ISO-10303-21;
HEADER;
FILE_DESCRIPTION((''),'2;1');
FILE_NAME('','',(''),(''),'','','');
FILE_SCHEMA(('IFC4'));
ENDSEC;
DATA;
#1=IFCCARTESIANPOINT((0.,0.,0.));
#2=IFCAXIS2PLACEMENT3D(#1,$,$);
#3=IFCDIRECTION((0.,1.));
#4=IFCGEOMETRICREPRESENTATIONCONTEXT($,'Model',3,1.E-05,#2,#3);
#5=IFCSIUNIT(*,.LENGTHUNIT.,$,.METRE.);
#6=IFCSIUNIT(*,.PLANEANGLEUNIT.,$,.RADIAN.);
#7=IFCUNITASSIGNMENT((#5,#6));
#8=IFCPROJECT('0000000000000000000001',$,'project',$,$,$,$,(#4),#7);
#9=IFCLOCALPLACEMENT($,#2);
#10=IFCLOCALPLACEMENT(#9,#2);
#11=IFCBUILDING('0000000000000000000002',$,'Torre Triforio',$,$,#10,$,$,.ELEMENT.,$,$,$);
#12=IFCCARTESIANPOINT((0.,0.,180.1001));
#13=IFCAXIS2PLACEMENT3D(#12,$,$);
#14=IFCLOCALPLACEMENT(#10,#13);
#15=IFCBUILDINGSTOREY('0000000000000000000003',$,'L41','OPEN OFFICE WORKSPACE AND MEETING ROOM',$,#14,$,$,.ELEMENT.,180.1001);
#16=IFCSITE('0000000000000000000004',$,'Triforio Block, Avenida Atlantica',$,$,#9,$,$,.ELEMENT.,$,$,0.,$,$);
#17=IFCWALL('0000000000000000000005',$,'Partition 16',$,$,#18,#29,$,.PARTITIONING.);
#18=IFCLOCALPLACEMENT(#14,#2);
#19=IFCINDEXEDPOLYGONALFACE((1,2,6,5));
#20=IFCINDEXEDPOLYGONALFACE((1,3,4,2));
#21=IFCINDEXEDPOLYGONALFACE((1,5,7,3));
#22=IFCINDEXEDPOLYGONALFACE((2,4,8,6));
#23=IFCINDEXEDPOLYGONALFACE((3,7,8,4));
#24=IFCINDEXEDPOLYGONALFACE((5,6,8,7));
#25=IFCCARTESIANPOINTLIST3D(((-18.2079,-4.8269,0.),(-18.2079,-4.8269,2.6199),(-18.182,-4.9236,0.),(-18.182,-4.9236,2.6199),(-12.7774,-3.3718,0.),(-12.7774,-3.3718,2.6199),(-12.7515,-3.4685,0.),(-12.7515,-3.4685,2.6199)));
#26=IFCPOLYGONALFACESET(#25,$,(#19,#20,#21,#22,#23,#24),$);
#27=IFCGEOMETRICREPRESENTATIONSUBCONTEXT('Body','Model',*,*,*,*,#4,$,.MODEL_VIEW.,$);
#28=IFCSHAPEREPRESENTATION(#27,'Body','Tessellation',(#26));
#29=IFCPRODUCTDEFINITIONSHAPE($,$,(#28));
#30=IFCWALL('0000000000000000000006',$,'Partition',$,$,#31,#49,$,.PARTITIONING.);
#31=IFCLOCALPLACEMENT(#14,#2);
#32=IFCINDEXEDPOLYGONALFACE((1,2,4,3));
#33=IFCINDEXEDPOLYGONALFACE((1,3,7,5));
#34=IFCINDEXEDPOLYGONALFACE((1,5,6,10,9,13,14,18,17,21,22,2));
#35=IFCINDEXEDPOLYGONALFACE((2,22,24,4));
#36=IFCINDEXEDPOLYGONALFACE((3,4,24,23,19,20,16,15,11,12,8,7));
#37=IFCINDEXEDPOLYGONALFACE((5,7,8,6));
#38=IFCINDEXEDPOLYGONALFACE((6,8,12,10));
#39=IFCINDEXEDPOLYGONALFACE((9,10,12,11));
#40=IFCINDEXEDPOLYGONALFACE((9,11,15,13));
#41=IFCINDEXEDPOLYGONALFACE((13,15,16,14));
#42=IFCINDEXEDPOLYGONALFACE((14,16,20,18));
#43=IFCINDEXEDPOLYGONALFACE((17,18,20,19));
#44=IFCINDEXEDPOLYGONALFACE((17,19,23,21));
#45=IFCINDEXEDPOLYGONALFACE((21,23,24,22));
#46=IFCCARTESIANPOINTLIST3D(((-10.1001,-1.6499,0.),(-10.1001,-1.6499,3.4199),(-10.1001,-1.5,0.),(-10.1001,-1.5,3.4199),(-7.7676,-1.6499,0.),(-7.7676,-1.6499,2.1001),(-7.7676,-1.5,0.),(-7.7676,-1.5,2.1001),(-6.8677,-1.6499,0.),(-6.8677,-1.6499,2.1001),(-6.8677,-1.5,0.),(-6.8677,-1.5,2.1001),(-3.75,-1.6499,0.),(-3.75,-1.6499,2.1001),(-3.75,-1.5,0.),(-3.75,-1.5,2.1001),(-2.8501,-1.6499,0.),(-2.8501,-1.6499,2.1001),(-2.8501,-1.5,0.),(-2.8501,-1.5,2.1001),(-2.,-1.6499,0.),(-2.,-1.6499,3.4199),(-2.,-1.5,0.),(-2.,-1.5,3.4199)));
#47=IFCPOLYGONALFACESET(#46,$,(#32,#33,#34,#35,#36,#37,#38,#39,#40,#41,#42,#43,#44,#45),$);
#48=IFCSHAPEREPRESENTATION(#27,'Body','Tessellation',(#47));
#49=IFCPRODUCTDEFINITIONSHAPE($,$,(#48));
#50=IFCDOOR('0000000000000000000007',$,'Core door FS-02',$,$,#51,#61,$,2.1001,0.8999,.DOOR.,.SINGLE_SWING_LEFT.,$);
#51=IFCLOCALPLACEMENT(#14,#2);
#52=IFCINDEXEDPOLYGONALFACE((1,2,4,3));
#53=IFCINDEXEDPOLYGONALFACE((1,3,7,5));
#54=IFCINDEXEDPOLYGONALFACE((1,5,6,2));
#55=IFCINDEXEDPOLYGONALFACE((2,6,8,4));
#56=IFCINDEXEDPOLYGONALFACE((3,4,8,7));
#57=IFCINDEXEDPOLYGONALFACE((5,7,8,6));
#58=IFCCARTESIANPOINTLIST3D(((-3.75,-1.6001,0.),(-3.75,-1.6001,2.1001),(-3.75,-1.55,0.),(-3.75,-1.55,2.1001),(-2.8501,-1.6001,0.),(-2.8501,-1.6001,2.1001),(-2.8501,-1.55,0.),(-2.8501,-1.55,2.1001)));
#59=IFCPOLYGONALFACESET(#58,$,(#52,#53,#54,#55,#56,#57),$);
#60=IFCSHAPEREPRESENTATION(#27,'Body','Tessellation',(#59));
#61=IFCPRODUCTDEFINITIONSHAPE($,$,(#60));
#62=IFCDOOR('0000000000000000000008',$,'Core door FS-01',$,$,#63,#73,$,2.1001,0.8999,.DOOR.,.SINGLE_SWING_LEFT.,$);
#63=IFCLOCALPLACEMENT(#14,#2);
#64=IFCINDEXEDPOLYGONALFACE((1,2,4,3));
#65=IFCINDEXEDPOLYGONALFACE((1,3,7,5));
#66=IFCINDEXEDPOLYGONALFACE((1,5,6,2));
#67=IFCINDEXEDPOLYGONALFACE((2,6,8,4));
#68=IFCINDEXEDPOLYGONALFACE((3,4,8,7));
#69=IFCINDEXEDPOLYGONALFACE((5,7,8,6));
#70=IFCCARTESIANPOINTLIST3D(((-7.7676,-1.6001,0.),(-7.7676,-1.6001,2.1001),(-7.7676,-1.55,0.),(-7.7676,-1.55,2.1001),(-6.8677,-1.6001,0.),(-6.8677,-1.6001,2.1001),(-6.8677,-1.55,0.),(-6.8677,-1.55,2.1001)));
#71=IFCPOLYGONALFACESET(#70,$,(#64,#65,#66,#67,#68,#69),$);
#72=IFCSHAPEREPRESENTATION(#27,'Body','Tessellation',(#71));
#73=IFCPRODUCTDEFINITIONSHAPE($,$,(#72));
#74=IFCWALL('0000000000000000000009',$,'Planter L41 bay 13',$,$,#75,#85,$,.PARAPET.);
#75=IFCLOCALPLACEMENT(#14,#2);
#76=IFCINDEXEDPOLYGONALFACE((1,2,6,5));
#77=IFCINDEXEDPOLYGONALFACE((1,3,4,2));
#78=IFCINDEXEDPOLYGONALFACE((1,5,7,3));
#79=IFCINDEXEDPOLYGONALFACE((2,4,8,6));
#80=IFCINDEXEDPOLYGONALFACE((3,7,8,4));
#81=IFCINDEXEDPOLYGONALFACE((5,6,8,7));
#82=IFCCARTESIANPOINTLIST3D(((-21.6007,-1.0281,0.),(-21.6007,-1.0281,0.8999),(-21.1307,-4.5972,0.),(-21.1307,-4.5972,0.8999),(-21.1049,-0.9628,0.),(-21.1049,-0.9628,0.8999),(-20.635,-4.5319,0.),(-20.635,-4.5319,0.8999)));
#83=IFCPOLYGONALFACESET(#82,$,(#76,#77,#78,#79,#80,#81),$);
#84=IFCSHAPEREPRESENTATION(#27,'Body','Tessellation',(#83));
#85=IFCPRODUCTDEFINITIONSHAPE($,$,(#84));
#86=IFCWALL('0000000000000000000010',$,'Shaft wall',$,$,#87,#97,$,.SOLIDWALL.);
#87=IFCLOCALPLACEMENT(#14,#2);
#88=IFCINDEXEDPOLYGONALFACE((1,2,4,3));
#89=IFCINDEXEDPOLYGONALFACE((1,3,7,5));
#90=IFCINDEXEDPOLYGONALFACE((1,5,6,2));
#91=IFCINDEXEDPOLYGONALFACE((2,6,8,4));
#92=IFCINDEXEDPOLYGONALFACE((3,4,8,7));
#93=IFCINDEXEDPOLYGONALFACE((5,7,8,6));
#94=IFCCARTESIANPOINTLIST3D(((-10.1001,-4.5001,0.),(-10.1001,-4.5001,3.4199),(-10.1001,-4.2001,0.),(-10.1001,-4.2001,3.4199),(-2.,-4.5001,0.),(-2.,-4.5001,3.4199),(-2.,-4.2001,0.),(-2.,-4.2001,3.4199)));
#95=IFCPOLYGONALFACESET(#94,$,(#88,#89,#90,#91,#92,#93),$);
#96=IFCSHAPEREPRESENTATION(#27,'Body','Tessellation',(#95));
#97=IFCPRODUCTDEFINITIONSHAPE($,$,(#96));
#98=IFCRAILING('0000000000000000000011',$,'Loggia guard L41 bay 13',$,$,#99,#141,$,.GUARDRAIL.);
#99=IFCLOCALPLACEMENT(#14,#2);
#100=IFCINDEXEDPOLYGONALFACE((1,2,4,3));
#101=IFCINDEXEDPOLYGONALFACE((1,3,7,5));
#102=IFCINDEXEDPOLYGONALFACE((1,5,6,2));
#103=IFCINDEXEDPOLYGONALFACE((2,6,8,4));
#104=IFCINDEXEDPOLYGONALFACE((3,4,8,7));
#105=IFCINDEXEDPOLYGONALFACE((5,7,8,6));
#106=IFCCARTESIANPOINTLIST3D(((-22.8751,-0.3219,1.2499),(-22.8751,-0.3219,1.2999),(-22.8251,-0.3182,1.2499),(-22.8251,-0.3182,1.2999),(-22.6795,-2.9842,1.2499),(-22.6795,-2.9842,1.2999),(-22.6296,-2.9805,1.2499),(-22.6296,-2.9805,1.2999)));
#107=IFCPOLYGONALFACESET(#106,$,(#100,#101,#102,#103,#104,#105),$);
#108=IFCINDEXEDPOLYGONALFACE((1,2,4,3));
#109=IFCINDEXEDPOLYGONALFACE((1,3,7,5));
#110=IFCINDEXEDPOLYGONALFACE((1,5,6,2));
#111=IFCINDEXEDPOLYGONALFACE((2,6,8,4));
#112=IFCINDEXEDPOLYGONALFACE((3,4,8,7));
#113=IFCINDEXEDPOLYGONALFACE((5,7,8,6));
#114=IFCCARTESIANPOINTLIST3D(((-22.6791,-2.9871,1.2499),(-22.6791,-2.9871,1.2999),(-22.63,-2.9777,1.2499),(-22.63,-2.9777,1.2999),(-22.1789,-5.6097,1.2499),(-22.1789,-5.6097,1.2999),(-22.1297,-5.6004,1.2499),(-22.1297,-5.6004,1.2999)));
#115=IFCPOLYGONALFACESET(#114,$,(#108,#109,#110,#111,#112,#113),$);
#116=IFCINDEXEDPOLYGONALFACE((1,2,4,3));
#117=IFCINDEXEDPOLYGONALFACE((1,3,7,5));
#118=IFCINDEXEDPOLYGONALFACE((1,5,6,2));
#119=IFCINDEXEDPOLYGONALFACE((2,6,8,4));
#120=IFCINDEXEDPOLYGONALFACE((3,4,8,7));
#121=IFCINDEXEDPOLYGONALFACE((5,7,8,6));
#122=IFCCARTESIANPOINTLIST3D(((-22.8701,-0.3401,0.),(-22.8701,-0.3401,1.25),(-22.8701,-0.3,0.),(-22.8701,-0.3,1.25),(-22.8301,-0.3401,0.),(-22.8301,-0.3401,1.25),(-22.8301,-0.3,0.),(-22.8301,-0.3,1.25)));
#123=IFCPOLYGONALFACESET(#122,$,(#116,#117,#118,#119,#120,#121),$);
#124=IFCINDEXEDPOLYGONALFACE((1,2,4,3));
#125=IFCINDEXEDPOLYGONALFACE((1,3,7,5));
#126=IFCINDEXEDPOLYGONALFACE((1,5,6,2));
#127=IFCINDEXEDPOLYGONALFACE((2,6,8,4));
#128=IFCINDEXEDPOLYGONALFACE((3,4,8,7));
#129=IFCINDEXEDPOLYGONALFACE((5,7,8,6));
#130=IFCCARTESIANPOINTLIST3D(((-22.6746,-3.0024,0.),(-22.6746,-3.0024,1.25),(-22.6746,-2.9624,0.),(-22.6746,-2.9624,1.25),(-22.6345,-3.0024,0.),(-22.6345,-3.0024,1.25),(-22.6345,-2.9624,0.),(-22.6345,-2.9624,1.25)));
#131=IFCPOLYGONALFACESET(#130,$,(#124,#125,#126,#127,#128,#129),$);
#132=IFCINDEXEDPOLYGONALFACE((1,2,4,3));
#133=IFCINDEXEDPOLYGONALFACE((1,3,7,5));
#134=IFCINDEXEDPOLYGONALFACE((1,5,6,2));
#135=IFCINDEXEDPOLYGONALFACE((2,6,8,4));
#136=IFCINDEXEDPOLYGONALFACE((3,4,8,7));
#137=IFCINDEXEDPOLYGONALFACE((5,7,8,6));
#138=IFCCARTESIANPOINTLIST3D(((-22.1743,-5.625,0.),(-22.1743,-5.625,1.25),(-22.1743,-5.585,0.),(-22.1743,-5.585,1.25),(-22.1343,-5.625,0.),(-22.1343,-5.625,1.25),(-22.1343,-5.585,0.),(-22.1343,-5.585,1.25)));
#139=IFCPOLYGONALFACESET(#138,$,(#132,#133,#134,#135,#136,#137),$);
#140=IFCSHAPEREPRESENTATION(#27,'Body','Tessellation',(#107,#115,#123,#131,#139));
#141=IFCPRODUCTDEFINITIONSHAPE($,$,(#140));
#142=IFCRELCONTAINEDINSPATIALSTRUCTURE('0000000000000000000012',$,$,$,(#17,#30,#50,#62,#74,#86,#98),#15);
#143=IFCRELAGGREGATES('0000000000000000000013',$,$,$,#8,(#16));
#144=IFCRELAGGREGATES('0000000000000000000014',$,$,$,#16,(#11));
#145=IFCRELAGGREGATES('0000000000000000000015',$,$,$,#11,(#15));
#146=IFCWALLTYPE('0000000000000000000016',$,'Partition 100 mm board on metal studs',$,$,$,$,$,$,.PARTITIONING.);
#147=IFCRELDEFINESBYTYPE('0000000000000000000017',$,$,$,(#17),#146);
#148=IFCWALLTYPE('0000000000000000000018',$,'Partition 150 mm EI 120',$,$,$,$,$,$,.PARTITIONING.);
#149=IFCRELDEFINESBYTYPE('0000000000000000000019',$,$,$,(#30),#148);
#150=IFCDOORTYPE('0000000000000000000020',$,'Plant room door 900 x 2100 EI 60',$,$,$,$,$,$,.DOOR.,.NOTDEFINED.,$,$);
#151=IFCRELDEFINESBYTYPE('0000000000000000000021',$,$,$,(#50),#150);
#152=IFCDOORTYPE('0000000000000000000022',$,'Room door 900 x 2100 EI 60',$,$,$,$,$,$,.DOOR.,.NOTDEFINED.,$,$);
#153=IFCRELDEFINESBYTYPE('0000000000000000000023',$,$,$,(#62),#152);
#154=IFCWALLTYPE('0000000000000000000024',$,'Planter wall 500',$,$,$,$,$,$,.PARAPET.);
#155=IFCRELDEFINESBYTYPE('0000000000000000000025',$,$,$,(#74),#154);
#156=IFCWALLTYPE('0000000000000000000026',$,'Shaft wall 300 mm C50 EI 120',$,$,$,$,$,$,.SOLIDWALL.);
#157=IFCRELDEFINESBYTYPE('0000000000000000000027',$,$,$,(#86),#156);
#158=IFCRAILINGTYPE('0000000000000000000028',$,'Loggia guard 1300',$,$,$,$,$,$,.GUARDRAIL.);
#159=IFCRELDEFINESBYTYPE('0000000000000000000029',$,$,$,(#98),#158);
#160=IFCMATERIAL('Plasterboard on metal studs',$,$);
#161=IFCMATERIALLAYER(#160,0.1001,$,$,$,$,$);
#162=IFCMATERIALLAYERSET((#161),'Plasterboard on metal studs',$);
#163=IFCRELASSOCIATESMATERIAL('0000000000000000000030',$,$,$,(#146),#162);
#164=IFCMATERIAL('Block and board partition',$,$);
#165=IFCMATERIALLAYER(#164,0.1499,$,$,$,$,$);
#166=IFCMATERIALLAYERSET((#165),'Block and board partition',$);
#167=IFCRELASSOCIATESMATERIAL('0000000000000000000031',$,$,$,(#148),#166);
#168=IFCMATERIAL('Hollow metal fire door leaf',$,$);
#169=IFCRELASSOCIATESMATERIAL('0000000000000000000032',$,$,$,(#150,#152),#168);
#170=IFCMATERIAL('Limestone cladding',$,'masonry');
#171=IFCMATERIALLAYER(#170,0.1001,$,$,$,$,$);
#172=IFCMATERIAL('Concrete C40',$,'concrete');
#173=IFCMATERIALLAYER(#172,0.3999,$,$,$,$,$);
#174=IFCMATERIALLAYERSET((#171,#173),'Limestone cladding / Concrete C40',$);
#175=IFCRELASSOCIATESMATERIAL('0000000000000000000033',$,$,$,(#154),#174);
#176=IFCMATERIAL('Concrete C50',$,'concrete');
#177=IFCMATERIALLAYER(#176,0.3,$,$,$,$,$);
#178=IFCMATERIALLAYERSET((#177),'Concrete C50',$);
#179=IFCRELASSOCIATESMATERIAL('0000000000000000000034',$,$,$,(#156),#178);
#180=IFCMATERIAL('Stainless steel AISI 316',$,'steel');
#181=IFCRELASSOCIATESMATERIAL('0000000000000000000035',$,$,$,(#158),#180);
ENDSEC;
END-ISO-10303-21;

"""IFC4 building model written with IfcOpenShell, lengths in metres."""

from ifc_helpers import new_model, si_unit, direction, frame, frame_2d, origin, origin_2d, place, context, subcontext, project, spatial, rectangle, extrude, material, layer, layer_set, type_object, element, fill, save


model = new_model("IFC4")

# Units and contexts
model_context = context("Model", 3, precision=1e-05, world=origin(), true_north=direction((0.0, 1.0)))
body_context = subcontext(model_context, "Body", "Model", "MODEL_VIEW")
ifc_project = project(units=[si_unit("LENGTHUNIT", "METRE"), si_unit("PLANEANGLEUNIT", "RADIAN")], contexts=[model_context])

# Site, building, storey
site_placement = place(None, origin())
site = spatial("IfcSite", under=ifc_project, at=site_placement, Name="Triforio Block, Avenida Atlantica", CompositionType="ELEMENT", RefElevation=0.0)
building_placement = place(site_placement, origin())
building = spatial("IfcBuilding", under=site, at=building_placement, Name="Torre Triforio", CompositionType="ELEMENT")
storey_placement = place(building_placement, frame((0.0, 0.0, 180.1001)))
storey = spatial("IfcBuildingStorey", under=building, at=storey_placement, Name="L41", Description="OPEN OFFICE WORKSPACE AND MEETING ROOM", CompositionType="ELEMENT", Elevation=180.1001)

# Shared definitions
ifc_material_1 = material(Name="Concrete C50", Category="concrete")

# Shared definitions
ifc_material_2 = material(Name="Concrete C40", Category="concrete")

# Shared definitions
ifc_material_3 = material(Name="Hollow metal fire door leaf")

# Shared definitions
ifc_material_4 = material(Name="Plasterboard on metal studs")

# Wall
ifc_layer_1 = layer(ifc_material_4, 0.1001)
ifc_layer_set_1 = layer_set([ifc_layer_1], Name="Plasterboard on metal studs")
wall_type_1 = type_object("IfcWallType", Name="Partition 100 mm board on metal studs", PredefinedType="PARTITIONING", material=ifc_layer_set_1)
wall_1_placement = place(storey_placement, frame((-12.7644, -3.4202, 0.0), z_axis=(0.0, 0.0, 1.0), x_axis=(-0.965926, -0.258819, 0.0)))
element("IfcWall", 1, at=wall_1_placement, inside=storey, type_object=wall_type_1, Name="Partition 16", PredefinedType="PARTITIONING", context=body_context, shape_type="SweptSolid", body=[
    extrude(rectangle(XDim=5.6221, YDim=0.1001, at=frame_2d((2.811, 0.0))), origin(), (0.0, 0.0, 1.0), 2.6199),
])

# Wall, openings, doors
ifc_material_5 = material(Name="Block and board partition")
ifc_layer_2 = layer(ifc_material_5, 0.1499)
ifc_layer_set_2 = layer_set([ifc_layer_2], Name="Block and board partition")
wall_type_2 = type_object("IfcWallType", Name="Partition 150 mm EI 120", PredefinedType="PARTITIONING", material=ifc_layer_set_2)
wall_2_placement = place(storey_placement, frame((-10.1001, -1.575, 0.0), z_axis=(0.0, 0.0, 1.0), x_axis=(1.0, 0.0, 0.0)))
wall_2 = element("IfcWall", 2, at=wall_2_placement, inside=storey, type_object=wall_type_2, Name="Partition", PredefinedType="PARTITIONING", context=body_context, shape_type="SweptSolid", body=[
    extrude(rectangle(XDim=8.1001, YDim=0.1499, at=frame_2d((4.05, 0.0))), origin(), (0.0, 0.0, 1.0), 3.4199),
])
opening_1_placement = place(wall_2_placement, frame((2.3325, 0.0, 0.0)))
opening_1 = element("IfcOpeningElement", 3, at=opening_1_placement, cuts=wall_2, PredefinedType="OPENING", context=body_context, shape_type="SweptSolid", body=[
    extrude(rectangle(XDim=0.8999, YDim=2.1001, at=frame_2d((0.45, 1.05))), frame((0.0, 0.085, 0.0), z_axis=(0.0, -1.0, 0.0), x_axis=(1.0, 0.0, 0.0)), (0.0, 0.0, 1.0), 0.1699),
])
opening_2_placement = place(wall_2_placement, frame((6.3501, 0.0, 0.0)))
opening_2 = element("IfcOpeningElement", 4, at=opening_2_placement, cuts=wall_2, PredefinedType="OPENING", context=body_context, shape_type="SweptSolid", body=[
    extrude(rectangle(XDim=0.8999, YDim=2.1001, at=frame_2d((0.45, 1.05))), frame((0.0, 0.085, 0.0), z_axis=(0.0, -1.0, 0.0), x_axis=(1.0, 0.0, 0.0)), (0.0, 0.0, 1.0), 0.1699),
])
door_type_1 = type_object("IfcDoorType", Name="Plant room door 900 x 2100 EI 60", OperationType="NOTDEFINED", PredefinedType="DOOR", material=ifc_material_3)
door_1_placement = place(opening_2_placement, origin())
door_1 = element("IfcDoor", 5, at=door_1_placement, inside=storey, type_object=door_type_1, Name="Core door FS-02", OperationType="SINGLE_SWING_LEFT", OverallHeight=2.1001, OverallWidth=0.8999, PredefinedType="DOOR", context=body_context, shape_type="SweptSolid", body=[
    extrude(rectangle(XDim=0.8999, YDim=2.1001, at=frame_2d((0.45, 1.05))), frame((0.0, 0.0249, 0.0), z_axis=(0.0, -1.0, 0.0), x_axis=(1.0, 0.0, 0.0)), (0.0, 0.0, 1.0), 0.05),
])
fill(opening_2, door_1)
door_type_2 = type_object("IfcDoorType", Name="Room door 900 x 2100 EI 60", OperationType="NOTDEFINED", PredefinedType="DOOR", material=ifc_material_3)
door_2_placement = place(opening_1_placement, origin())
door_2 = element("IfcDoor", 6, at=door_2_placement, inside=storey, type_object=door_type_2, Name="Core door FS-01", OperationType="SINGLE_SWING_LEFT", OverallHeight=2.1001, OverallWidth=0.8999, PredefinedType="DOOR", context=body_context, shape_type="SweptSolid", body=[
    extrude(rectangle(XDim=0.8999, YDim=2.1001, at=frame_2d((0.45, 1.05))), frame((0.0, 0.0249, 0.0), z_axis=(0.0, -1.0, 0.0), x_axis=(1.0, 0.0, 0.0)), (0.0, 0.0, 1.0), 0.05),
])
fill(opening_1, door_2)

# Walls
ifc_material_6 = material(Name="Limestone cladding", Category="masonry")
ifc_layer_3 = layer(ifc_material_6, 0.1001)
ifc_layer_4 = layer(ifc_material_2, 0.3999)
ifc_layer_set_3 = layer_set([ifc_layer_3, ifc_layer_4], Name="Limestone cladding / Concrete C40")
wall_type_3 = type_object("IfcWallType", Name="Planter wall 500", PredefinedType="PARAPET", material=ifc_layer_set_3)
wall_3_placement = place(storey_placement, frame((-21.3528, -0.9956, 0.0), z_axis=(0.0, 0.0, 1.0), x_axis=(0.130551, -0.991442, 0.0)))
element("IfcWall", 7, at=wall_3_placement, inside=storey, type_object=wall_type_3, Name="Planter L41 bay 13", PredefinedType="PARAPET", context=body_context, shape_type="SweptSolid", body=[
    extrude(rectangle(XDim=3.5999, YDim=0.5, at=frame_2d((1.7998, 0.0))), origin(), (0.0, 0.0, 1.0), 0.8999),
])
ifc_layer_5 = layer(ifc_material_1, 0.3)
ifc_layer_set_4 = layer_set([ifc_layer_5], Name="Concrete C50")
wall_type_4 = type_object("IfcWallType", Name="Shaft wall 300 mm C50 EI 120", PredefinedType="SOLIDWALL", material=ifc_layer_set_4)
wall_4_placement = place(storey_placement, frame((-10.1001, -4.3501, 0.0), z_axis=(0.0, 0.0, 1.0), x_axis=(1.0, 0.0, 0.0)))
element("IfcWall", 8, at=wall_4_placement, inside=storey, type_object=wall_type_4, Name="Shaft wall", PredefinedType="SOLIDWALL", context=body_context, shape_type="SweptSolid", body=[
    extrude(rectangle(XDim=8.1001, YDim=0.3, at=frame_2d((4.05, 0.0))), origin(), (0.0, 0.0, 1.0), 3.4199),
])

# Railing
ifc_material_7 = material(Name="Stainless steel AISI 316", Category="steel")
railing_type = type_object("IfcRailingType", Name="Loggia guard 1300", PredefinedType="GUARDRAIL", material=ifc_material_7)
railing_placement = place(storey_placement, frame((-22.8501, -0.3201, 0.0)))
element("IfcRailing", 9, at=railing_placement, inside=storey, type_object=railing_type, Name="Loggia guard L41 bay 13", PredefinedType="GUARDRAIL", context=body_context, shape_type="SweptSolid", body=[
    extrude(rectangle(XDim=0.05, YDim=0.05, at=origin_2d()), frame((0.0, 0.0, 1.2749), z_axis=(0.073255, -0.997313, 0.0), x_axis=(0.997313, 0.073255, 0.0)), (0.0, 0.0, 1.0), 2.6694),
    extrude(rectangle(XDim=0.05, YDim=0.05, at=origin_2d()), frame((0.1956, -2.6624, 1.2749), z_axis=(0.187368, -0.98229, 0.0), x_axis=(0.98229, 0.187368, 0.0)), (0.0, 0.0, 1.0), 2.6699),
    extrude(rectangle(XDim=0.04, YDim=0.04, at=origin_2d()), origin(), (0.0, 0.0, 1.0), 1.25),
    extrude(rectangle(XDim=0.04, YDim=0.04, at=origin_2d()), frame((0.1956, -2.6624, 0.0)), (0.0, 0.0, 1.0), 1.25),
    extrude(rectangle(XDim=0.04, YDim=0.04, at=origin_2d()), frame((0.6958, -5.2849, 0.0)), (0.0, 0.0, 1.0), 1.25),
])

save(model, "model.ifc")
